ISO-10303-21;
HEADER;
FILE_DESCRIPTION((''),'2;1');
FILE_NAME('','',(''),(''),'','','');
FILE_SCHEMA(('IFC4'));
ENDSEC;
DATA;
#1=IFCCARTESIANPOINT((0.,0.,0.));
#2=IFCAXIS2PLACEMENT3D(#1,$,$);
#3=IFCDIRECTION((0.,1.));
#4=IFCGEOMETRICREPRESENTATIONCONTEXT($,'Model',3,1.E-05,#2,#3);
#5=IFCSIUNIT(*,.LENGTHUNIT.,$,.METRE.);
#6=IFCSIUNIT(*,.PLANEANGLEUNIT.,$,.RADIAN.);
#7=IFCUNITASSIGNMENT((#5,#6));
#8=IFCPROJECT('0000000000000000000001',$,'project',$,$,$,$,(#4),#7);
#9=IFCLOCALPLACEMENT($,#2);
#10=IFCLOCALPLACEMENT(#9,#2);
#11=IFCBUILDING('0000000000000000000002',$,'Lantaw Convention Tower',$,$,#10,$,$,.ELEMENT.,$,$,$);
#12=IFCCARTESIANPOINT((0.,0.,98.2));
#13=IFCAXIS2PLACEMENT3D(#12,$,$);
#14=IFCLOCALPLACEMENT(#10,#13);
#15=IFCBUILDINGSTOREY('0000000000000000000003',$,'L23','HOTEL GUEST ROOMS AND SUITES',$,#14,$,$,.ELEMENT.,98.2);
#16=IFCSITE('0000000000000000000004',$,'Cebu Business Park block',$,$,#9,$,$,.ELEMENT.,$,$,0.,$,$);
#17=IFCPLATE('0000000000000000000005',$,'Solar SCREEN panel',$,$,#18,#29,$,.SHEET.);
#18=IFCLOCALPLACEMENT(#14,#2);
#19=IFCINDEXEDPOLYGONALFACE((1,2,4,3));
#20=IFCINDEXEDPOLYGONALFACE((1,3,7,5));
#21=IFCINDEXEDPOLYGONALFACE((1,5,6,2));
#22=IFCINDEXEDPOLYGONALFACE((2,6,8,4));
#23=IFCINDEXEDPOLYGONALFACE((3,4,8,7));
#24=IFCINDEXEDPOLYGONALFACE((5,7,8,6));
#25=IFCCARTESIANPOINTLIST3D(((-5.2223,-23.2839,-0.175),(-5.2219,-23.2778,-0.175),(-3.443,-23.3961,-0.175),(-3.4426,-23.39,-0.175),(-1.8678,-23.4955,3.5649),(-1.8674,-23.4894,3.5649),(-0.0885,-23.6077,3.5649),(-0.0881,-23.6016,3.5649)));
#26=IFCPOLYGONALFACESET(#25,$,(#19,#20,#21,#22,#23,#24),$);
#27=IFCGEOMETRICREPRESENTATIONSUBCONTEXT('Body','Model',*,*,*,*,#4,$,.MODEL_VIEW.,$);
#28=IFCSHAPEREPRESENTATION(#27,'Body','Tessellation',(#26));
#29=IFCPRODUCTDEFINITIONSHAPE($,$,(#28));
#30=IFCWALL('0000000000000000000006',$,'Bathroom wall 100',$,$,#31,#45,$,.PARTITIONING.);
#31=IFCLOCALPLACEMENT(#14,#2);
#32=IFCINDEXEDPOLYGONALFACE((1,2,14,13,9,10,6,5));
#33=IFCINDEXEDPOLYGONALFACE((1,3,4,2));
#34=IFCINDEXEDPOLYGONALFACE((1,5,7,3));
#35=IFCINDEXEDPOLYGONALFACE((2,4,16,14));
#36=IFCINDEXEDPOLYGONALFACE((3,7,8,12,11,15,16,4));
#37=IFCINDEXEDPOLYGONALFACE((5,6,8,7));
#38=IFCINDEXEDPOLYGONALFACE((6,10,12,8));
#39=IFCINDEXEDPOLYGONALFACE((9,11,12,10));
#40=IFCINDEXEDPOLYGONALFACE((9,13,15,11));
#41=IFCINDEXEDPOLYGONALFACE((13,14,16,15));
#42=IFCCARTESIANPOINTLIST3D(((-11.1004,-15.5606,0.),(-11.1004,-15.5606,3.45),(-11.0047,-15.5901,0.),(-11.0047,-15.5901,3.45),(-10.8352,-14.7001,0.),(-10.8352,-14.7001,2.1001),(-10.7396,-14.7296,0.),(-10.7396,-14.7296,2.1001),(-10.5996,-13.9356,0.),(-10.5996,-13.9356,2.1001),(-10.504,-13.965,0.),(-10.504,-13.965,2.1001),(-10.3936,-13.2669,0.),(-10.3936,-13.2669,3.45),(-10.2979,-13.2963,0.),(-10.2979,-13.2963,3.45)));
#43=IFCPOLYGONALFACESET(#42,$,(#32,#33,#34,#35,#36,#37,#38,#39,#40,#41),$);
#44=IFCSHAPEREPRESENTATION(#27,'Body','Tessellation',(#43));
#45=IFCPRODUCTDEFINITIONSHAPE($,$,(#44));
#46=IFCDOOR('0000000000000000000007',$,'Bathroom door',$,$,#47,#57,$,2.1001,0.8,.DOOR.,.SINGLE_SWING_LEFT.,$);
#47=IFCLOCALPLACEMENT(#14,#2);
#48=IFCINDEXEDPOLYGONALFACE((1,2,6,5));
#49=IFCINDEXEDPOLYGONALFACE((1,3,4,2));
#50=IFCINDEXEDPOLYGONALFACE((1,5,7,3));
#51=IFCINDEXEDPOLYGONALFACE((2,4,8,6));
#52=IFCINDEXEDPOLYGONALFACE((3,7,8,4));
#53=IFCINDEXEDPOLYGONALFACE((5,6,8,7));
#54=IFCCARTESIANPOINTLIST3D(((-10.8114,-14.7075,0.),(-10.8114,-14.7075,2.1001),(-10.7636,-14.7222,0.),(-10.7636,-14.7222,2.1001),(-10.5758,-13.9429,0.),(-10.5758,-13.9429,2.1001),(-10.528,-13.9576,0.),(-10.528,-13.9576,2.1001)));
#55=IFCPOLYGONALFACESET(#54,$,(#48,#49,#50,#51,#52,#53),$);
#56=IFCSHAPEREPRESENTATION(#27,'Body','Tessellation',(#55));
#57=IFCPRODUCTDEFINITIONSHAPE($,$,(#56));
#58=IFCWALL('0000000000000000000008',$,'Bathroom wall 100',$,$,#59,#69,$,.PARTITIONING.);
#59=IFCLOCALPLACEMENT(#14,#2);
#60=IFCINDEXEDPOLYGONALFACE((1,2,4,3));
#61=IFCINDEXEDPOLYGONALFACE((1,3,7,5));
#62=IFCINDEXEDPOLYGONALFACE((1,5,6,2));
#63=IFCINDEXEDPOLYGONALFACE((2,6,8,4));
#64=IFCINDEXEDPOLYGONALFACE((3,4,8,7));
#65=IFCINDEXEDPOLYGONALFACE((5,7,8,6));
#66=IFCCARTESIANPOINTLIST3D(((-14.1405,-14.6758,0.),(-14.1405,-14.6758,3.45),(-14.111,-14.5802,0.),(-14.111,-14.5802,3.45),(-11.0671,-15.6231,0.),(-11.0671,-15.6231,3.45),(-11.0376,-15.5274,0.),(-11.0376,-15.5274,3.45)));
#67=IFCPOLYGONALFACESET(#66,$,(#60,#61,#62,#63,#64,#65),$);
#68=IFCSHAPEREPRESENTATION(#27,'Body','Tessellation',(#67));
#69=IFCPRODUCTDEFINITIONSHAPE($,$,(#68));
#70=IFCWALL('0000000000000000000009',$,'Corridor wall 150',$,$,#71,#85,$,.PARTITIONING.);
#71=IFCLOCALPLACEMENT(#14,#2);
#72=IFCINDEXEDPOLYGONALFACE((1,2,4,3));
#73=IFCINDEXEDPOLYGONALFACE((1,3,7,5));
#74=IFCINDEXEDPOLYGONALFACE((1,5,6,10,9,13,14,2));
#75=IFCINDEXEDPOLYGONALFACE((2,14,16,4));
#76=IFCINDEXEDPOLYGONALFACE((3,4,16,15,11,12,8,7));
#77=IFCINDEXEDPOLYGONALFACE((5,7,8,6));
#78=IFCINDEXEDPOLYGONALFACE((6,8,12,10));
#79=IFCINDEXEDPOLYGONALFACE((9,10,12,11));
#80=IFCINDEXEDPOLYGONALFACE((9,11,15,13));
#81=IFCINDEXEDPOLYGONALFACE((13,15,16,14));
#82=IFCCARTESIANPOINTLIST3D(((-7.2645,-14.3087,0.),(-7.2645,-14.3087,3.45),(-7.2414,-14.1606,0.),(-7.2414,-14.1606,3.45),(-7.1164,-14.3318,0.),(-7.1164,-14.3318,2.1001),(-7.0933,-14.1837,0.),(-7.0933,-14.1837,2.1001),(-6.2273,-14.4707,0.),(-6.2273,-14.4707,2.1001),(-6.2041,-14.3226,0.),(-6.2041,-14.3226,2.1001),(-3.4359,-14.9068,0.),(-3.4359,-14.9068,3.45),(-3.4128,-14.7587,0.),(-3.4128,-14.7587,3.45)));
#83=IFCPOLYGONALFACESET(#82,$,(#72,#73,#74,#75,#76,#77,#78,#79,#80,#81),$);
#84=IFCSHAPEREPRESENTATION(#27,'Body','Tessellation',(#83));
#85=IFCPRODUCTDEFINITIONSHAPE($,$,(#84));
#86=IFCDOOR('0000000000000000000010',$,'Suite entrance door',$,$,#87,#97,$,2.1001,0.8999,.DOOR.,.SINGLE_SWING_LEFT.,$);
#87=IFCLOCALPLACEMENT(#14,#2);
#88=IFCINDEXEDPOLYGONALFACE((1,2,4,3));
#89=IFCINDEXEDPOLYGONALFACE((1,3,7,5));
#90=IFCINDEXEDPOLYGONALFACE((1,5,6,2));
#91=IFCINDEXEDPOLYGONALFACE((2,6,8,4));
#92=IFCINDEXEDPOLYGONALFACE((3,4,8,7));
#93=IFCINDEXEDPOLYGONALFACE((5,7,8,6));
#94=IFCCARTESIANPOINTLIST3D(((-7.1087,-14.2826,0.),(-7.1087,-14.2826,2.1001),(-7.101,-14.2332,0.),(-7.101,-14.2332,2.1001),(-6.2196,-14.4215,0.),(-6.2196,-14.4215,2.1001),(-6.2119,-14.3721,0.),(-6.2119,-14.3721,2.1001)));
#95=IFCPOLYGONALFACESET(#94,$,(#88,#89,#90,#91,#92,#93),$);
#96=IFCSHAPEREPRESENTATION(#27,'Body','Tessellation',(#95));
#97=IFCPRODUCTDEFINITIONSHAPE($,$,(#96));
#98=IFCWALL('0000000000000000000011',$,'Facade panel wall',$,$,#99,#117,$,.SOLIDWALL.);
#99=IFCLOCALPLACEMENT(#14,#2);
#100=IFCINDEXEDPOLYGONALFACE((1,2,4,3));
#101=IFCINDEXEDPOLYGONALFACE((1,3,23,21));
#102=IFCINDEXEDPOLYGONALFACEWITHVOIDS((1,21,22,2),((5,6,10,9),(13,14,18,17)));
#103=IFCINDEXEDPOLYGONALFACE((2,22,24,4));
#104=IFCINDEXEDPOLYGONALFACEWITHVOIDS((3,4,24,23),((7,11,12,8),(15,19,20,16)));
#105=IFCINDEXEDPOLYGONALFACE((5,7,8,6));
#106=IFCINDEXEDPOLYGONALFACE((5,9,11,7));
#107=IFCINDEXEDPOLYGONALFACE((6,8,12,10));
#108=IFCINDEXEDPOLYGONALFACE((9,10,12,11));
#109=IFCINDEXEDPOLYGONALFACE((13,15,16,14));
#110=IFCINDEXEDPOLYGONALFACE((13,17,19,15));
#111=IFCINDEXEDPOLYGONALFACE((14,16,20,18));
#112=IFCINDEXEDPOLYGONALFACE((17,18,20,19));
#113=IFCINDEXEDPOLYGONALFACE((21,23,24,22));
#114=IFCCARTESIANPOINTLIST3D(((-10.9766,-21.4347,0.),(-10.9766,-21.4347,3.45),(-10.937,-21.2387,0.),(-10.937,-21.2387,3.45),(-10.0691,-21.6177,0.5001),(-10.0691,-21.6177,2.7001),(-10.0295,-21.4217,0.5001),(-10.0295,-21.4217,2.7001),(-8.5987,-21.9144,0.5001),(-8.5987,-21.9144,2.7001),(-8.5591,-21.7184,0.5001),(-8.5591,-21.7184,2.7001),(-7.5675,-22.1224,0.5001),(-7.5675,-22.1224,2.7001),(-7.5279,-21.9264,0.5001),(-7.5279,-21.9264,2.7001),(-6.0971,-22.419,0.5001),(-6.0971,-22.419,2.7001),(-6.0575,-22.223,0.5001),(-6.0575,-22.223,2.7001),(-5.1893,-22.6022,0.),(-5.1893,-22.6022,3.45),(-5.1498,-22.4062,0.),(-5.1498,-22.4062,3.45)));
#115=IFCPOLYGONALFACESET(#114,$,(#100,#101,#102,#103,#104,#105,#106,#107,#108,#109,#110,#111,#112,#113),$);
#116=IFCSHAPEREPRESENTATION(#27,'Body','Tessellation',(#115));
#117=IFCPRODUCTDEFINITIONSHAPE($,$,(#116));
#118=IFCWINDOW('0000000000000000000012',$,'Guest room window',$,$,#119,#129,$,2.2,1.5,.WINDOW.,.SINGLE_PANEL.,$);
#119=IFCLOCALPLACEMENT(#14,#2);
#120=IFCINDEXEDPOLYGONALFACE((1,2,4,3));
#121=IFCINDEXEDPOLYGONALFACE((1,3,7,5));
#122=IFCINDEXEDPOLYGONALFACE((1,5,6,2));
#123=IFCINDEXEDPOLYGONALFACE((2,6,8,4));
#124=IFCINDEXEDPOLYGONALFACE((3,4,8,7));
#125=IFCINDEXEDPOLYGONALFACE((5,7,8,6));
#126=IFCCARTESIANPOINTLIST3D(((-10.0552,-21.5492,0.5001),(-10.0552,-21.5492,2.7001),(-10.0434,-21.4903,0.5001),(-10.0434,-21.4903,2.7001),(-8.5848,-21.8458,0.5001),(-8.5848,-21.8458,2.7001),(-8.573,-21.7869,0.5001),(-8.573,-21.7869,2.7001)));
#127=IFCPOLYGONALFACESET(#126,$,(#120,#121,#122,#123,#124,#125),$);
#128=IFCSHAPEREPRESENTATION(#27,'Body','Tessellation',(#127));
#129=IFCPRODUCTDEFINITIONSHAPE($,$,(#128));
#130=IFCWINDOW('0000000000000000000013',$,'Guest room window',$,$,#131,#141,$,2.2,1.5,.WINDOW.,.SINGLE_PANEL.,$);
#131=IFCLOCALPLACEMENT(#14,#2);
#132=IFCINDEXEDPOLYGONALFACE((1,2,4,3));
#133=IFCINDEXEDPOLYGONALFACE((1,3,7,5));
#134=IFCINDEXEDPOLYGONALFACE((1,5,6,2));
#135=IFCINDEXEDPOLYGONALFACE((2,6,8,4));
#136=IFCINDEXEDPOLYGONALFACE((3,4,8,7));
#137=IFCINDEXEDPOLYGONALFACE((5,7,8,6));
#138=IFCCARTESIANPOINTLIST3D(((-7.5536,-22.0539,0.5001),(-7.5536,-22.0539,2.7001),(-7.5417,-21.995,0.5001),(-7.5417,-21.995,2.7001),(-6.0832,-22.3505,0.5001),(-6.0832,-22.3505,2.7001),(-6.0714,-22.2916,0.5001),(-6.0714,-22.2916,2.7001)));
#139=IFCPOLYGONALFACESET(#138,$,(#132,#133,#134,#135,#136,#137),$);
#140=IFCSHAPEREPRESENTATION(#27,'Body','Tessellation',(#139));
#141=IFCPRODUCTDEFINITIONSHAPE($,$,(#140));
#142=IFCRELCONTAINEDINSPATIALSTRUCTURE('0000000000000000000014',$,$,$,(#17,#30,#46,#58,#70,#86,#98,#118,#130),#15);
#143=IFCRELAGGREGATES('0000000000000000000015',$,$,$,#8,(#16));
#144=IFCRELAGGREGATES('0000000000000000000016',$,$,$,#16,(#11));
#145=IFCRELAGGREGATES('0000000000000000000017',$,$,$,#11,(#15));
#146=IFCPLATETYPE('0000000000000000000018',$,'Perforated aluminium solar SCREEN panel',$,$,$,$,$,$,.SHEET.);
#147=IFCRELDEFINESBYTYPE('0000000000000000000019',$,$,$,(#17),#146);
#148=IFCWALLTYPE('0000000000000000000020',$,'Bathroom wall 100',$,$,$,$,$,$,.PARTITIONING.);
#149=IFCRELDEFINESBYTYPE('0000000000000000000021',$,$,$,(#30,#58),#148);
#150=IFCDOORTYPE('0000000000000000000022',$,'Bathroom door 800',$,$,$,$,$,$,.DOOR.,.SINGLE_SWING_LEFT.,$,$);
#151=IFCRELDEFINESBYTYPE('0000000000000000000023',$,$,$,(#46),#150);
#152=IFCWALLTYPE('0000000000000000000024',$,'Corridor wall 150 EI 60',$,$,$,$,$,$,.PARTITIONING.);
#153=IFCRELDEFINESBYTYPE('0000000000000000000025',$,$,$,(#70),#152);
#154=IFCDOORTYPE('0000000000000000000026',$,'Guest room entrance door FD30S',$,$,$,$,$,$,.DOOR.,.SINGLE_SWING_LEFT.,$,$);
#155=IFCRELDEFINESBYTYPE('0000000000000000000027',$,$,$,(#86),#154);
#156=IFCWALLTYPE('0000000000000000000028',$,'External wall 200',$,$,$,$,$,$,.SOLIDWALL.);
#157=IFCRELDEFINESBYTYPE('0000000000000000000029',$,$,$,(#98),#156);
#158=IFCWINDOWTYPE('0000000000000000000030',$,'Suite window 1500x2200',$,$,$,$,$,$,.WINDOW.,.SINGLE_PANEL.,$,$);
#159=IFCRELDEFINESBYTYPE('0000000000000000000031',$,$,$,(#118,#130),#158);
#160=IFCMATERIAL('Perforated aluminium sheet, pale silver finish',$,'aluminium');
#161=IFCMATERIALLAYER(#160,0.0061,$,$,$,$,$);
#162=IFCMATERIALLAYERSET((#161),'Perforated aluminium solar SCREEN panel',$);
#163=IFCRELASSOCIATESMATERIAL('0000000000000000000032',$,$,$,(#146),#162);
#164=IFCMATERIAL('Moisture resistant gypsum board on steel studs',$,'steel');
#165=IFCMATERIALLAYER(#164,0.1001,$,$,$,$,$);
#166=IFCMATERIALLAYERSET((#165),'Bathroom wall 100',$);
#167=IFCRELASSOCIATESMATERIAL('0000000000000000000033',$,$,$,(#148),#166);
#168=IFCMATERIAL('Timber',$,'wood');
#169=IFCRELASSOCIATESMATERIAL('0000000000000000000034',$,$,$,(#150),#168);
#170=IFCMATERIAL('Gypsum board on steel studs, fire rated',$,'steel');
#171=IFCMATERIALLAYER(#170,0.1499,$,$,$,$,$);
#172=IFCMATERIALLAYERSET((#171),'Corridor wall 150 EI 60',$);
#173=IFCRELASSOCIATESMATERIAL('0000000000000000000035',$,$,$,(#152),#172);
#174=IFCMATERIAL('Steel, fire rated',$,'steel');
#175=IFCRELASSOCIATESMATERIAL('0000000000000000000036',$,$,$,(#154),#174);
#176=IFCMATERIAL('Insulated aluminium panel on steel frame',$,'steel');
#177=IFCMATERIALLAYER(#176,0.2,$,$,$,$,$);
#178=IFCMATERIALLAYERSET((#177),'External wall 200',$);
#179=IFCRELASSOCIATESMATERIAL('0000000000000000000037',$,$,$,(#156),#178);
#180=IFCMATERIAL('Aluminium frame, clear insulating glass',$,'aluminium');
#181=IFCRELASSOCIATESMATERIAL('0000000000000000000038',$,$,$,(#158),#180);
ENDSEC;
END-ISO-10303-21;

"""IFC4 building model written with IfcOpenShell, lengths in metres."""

from ifc_helpers import new_model, si_unit, direction, frame, frame_2d, origin, place, context, subcontext, project, spatial, polyline, rectangle, outline, extrude, material, layer, layer_set, type_object, element, fill, save


model = new_model("IFC4")

# Units and contexts
model_context = context("Model", 3, precision=1e-05, world=origin(), true_north=direction((0.0, 1.0)))
body_context = subcontext(model_context, "Body", "Model", "MODEL_VIEW")
ifc_project = project(units=[si_unit("LENGTHUNIT", "METRE"), si_unit("PLANEANGLEUNIT", "RADIAN")], contexts=[model_context])

# Site, building, storey
site_placement = place(None, origin())
site = spatial("IfcSite", under=ifc_project, at=site_placement, Name="Cebu Business Park block", CompositionType="ELEMENT", RefElevation=0.0)
building_placement = place(site_placement, origin())
building = spatial("IfcBuilding", under=site, at=building_placement, Name="Lantaw Convention Tower", CompositionType="ELEMENT")
storey_placement = place(building_placement, frame((0.0, 0.0, 98.2)))
storey = spatial("IfcBuildingStorey", under=building, at=storey_placement, Name="L23", Description="HOTEL GUEST ROOMS AND SUITES", CompositionType="ELEMENT", Elevation=98.2)

# Plate
ifc_material_1 = material(Name="Perforated aluminium sheet, pale silver finish", Category="aluminium")
ifc_layer_1 = layer(ifc_material_1, 0.0061)
ifc_layer_set_1 = layer_set([ifc_layer_1], Name="Perforated aluminium solar SCREEN panel")
plate_type = type_object("IfcPlateType", Name="Perforated aluminium solar SCREEN panel", PredefinedType="SHEET", material=ifc_layer_set_1)
plate_1_placement = place(storey_placement, frame((-5.2219, -23.2778, -0.175), z_axis=(0.062924, 0.998018, 0.000014), x_axis=(0.998018, -0.062924, 0.0)))
element("IfcPlate", 1, at=plate_1_placement, inside=storey, type_object=plate_type, Name="Solar SCREEN panel", PredefinedType="SHEET", context=body_context, shape_type="SweptSolid", body=[
    extrude(outline(polyline([(0.0, 0.0), (1.7828, 0.0), (5.144, -3.74), (3.3612, -3.74), (0.0, 0.0)])), origin(), (0.0, 0.0, -1.0), 0.0061),
])

# Wall, opening, door
ifc_material_2 = material(Name="Moisture resistant gypsum board on steel studs", Category="steel")
ifc_layer_2 = layer(ifc_material_2, 0.1001)
ifc_layer_set_2 = layer_set([ifc_layer_2], Name="Bathroom wall 100")
wall_type_1 = type_object("IfcWallType", Name="Bathroom wall 100", PredefinedType="PARTITIONING", material=ifc_layer_set_2)
wall_1_placement = place(storey_placement, frame((-10.3457, -13.2815, 0.0), z_axis=(0.0, 0.0, 1.0), x_axis=(-0.294479, -0.955658, 0.0)))
wall_1 = element("IfcWall", 2, at=wall_1_placement, inside=storey, type_object=wall_type_1, Name="Bathroom wall 100", PredefinedType="PARTITIONING", context=body_context, shape_type="SweptSolid", body=[
    extrude(rectangle(XDim=2.4001, YDim=0.1001, at=frame_2d((1.2002, 0.0))), origin(), (0.0, 0.0, 1.0), 3.45),
])
opening_1_placement = place(wall_1_placement, frame((0.7, 0.0, 0.0)))
opening_1 = element("IfcOpeningElement", 3, at=opening_1_placement, cuts=wall_1, PredefinedType="OPENING", context=body_context, shape_type="SweptSolid", body=[
    extrude(rectangle(XDim=0.8, YDim=2.1001, at=frame_2d((0.3999, 1.05))), frame((0.0, 0.0601, 0.0), z_axis=(0.0, -1.0, 0.0), x_axis=(1.0, 0.0, 0.0)), (0.0, 0.0, 1.0), 0.1201),
])
ifc_material_3 = material(Name="Timber", Category="wood")
door_type_1 = type_object("IfcDoorType", Name="Bathroom door 800", OperationType="SINGLE_SWING_LEFT", PredefinedType="DOOR", material=ifc_material_3)
door_1_placement = place(opening_1_placement, origin())
door_1 = element("IfcDoor", 4, at=door_1_placement, inside=storey, type_object=door_type_1, Name="Bathroom door", OperationType="SINGLE_SWING_LEFT", OverallHeight=2.1001, OverallWidth=0.8, PredefinedType="DOOR", context=body_context, shape_type="SweptSolid", body=[
    extrude(rectangle(XDim=0.8, YDim=2.1001, at=frame_2d((0.3999, 1.05))), frame((0.0, 0.0249, 0.0), z_axis=(0.0, -1.0, 0.0), x_axis=(1.0, 0.0, 0.0)), (0.0, 0.0, 1.0), 0.05),
])
fill(opening_1, door_1)

# Wall
wall_2_placement = place(storey_placement, frame((-11.0525, -15.5752, 0.0), z_axis=(0.0, 0.0, 1.0), x_axis=(-0.955641, 0.294534, 0.0)))
element("IfcWall", 5, at=wall_2_placement, inside=storey, type_object=wall_type_1, Name="Bathroom wall 100", PredefinedType="PARTITIONING", context=body_context, shape_type="SweptSolid", body=[
    extrude(rectangle(XDim=3.2161, YDim=0.1001, at=frame_2d((1.6079, 0.0))), origin(), (0.0, 0.0, 1.0), 3.45),
])

# Wall, opening, door
ifc_material_4 = material(Name="Gypsum board on steel studs, fire rated", Category="steel")
ifc_layer_3 = layer(ifc_material_4, 0.1499)
ifc_layer_set_3 = layer_set([ifc_layer_3], Name="Corridor wall 150 EI 60")
wall_type_2 = type_object("IfcWallType", Name="Corridor wall 150 EI 60", PredefinedType="PARTITIONING", material=ifc_layer_set_3)
wall_3_placement = place(storey_placement, frame((-7.2529, -14.2346, 0.0), z_axis=(0.0, 0.0, 1.0), x_axis=(0.988015, -0.154358, 0.0)))
wall_3 = element("IfcWall", 6, at=wall_3_placement, inside=storey, type_object=wall_type_2, Name="Corridor wall 150", PredefinedType="PARTITIONING", context=body_context, shape_type="SweptSolid", body=[
    extrude(rectangle(XDim=3.875, YDim=0.1499, at=frame_2d((1.9375, 0.0))), origin(), (0.0, 0.0, 1.0), 3.45),
])
opening_2_placement = place(wall_3_placement, frame((0.1499, 0.0, 0.0)))
opening_2 = element("IfcOpeningElement", 7, at=opening_2_placement, cuts=wall_3, PredefinedType="OPENING", context=body_context, shape_type="SweptSolid", body=[
    extrude(rectangle(XDim=0.8999, YDim=2.1001, at=frame_2d((0.45, 1.05))), frame((0.0, 0.085, 0.0), z_axis=(0.0, -1.0, 0.0), x_axis=(1.0, 0.0, 0.0)), (0.0, 0.0, 1.0), 0.1699),
])
ifc_material_5 = material(Name="Steel, fire rated", Category="steel")
door_type_2 = type_object("IfcDoorType", Name="Guest room entrance door FD30S", OperationType="SINGLE_SWING_LEFT", PredefinedType="DOOR", material=ifc_material_5)
door_2_placement = place(opening_2_placement, origin())
door_2 = element("IfcDoor", 8, at=door_2_placement, inside=storey, type_object=door_type_2, Name="Suite entrance door", OperationType="SINGLE_SWING_LEFT", OverallHeight=2.1001, OverallWidth=0.8999, PredefinedType="DOOR", context=body_context, shape_type="SweptSolid", body=[
    extrude(rectangle(XDim=0.8999, YDim=2.1001, at=frame_2d((0.45, 1.05))), frame((0.0, 0.0249, 0.0), z_axis=(0.0, -1.0, 0.0), x_axis=(1.0, 0.0, 0.0)), (0.0, 0.0, 1.0), 0.05),
])
fill(opening_2, door_2)

# Wall, openings, windows
ifc_material_6 = material(Name="Insulated aluminium panel on steel frame", Category="steel")
ifc_layer_4 = layer(ifc_material_6, 0.2)
ifc_layer_set_4 = layer_set([ifc_layer_4], Name="External wall 200")
wall_type_3 = type_object("IfcWallType", Name="External wall 200", PredefinedType="SOLIDWALL", material=ifc_layer_set_4)
wall_4_placement = place(storey_placement, frame((-10.9568, -21.3367, 0.0), z_axis=(0.0, 0.0, 1.0), x_axis=(0.980252, -0.197754, 0.0)))
wall_4 = element("IfcWall", 9, at=wall_4_placement, inside=storey, type_object=wall_type_3, Name="Facade panel wall", PredefinedType="SOLIDWALL", context=body_context, shape_type="SweptSolid", body=[
    extrude(rectangle(XDim=5.9038, YDim=0.2, at=frame_2d((2.9519, 0.0))), origin(), (0.0, 0.0, 1.0), 3.45),
])
opening_3_placement = place(wall_4_placement, frame((0.9258, 0.0, 0.5)))
opening_3 = element("IfcOpeningElement", 10, at=opening_3_placement, cuts=wall_4, PredefinedType="OPENING", context=body_context, shape_type="SweptSolid", body=[
    extrude(rectangle(XDim=1.5, YDim=2.2, at=frame_2d((0.75, 1.1001))), frame((0.0, 0.1099, 0.0), z_axis=(0.0, -1.0, 0.0), x_axis=(1.0, 0.0, 0.0)), (0.0, 0.0, 1.0), 0.22),
])
opening_4_placement = place(wall_4_placement, frame((3.4778, 0.0, 0.5)))
opening_4 = element("IfcOpeningElement", 11, at=opening_4_placement, cuts=wall_4, PredefinedType="OPENING", context=body_context, shape_type="SweptSolid", body=[
    extrude(rectangle(XDim=1.5, YDim=2.2, at=frame_2d((0.75, 1.1001))), frame((0.0, 0.1099, 0.0), z_axis=(0.0, -1.0, 0.0), x_axis=(1.0, 0.0, 0.0)), (0.0, 0.0, 1.0), 0.22),
])
ifc_material_7 = material(Name="Aluminium frame, clear insulating glass", Category="aluminium")
window_type = type_object("IfcWindowType", Name="Suite window 1500x2200", PartitioningType="SINGLE_PANEL", PredefinedType="WINDOW", material=ifc_material_7)
window_1_placement = place(opening_3_placement, origin())
window_1 = element("IfcWindow", 12, at=window_1_placement, inside=storey, type_object=window_type, Name="Guest room window", OverallHeight=2.2, OverallWidth=1.5, PartitioningType="SINGLE_PANEL", PredefinedType="WINDOW", context=body_context, shape_type="SweptSolid", body=[
    extrude(rectangle(XDim=1.5, YDim=2.2, at=frame_2d((0.75, 1.1001))), frame((0.0, 0.03, 0.0), z_axis=(0.0, -1.0, 0.0), x_axis=(1.0, 0.0, 0.0)), (0.0, 0.0, 1.0), 0.0601),
])
fill(opening_3, window_1)
window_2_placement = place(opening_4_placement, origin())
window_2 = element("IfcWindow", 13, at=window_2_placement, inside=storey, type_object=window_type, Name="Guest room window", OverallHeight=2.2, OverallWidth=1.5, PartitioningType="SINGLE_PANEL", PredefinedType="WINDOW", context=body_context, shape_type="SweptSolid", body=[
    extrude(rectangle(XDim=1.5, YDim=2.2, at=frame_2d((0.75, 1.1001))), frame((0.0, 0.03, 0.0), z_axis=(0.0, -1.0, 0.0), x_axis=(1.0, 0.0, 0.0)), (0.0, 0.0, 1.0), 0.0601),
])
fill(opening_4, window_2)

save(model, "model.ifc")
